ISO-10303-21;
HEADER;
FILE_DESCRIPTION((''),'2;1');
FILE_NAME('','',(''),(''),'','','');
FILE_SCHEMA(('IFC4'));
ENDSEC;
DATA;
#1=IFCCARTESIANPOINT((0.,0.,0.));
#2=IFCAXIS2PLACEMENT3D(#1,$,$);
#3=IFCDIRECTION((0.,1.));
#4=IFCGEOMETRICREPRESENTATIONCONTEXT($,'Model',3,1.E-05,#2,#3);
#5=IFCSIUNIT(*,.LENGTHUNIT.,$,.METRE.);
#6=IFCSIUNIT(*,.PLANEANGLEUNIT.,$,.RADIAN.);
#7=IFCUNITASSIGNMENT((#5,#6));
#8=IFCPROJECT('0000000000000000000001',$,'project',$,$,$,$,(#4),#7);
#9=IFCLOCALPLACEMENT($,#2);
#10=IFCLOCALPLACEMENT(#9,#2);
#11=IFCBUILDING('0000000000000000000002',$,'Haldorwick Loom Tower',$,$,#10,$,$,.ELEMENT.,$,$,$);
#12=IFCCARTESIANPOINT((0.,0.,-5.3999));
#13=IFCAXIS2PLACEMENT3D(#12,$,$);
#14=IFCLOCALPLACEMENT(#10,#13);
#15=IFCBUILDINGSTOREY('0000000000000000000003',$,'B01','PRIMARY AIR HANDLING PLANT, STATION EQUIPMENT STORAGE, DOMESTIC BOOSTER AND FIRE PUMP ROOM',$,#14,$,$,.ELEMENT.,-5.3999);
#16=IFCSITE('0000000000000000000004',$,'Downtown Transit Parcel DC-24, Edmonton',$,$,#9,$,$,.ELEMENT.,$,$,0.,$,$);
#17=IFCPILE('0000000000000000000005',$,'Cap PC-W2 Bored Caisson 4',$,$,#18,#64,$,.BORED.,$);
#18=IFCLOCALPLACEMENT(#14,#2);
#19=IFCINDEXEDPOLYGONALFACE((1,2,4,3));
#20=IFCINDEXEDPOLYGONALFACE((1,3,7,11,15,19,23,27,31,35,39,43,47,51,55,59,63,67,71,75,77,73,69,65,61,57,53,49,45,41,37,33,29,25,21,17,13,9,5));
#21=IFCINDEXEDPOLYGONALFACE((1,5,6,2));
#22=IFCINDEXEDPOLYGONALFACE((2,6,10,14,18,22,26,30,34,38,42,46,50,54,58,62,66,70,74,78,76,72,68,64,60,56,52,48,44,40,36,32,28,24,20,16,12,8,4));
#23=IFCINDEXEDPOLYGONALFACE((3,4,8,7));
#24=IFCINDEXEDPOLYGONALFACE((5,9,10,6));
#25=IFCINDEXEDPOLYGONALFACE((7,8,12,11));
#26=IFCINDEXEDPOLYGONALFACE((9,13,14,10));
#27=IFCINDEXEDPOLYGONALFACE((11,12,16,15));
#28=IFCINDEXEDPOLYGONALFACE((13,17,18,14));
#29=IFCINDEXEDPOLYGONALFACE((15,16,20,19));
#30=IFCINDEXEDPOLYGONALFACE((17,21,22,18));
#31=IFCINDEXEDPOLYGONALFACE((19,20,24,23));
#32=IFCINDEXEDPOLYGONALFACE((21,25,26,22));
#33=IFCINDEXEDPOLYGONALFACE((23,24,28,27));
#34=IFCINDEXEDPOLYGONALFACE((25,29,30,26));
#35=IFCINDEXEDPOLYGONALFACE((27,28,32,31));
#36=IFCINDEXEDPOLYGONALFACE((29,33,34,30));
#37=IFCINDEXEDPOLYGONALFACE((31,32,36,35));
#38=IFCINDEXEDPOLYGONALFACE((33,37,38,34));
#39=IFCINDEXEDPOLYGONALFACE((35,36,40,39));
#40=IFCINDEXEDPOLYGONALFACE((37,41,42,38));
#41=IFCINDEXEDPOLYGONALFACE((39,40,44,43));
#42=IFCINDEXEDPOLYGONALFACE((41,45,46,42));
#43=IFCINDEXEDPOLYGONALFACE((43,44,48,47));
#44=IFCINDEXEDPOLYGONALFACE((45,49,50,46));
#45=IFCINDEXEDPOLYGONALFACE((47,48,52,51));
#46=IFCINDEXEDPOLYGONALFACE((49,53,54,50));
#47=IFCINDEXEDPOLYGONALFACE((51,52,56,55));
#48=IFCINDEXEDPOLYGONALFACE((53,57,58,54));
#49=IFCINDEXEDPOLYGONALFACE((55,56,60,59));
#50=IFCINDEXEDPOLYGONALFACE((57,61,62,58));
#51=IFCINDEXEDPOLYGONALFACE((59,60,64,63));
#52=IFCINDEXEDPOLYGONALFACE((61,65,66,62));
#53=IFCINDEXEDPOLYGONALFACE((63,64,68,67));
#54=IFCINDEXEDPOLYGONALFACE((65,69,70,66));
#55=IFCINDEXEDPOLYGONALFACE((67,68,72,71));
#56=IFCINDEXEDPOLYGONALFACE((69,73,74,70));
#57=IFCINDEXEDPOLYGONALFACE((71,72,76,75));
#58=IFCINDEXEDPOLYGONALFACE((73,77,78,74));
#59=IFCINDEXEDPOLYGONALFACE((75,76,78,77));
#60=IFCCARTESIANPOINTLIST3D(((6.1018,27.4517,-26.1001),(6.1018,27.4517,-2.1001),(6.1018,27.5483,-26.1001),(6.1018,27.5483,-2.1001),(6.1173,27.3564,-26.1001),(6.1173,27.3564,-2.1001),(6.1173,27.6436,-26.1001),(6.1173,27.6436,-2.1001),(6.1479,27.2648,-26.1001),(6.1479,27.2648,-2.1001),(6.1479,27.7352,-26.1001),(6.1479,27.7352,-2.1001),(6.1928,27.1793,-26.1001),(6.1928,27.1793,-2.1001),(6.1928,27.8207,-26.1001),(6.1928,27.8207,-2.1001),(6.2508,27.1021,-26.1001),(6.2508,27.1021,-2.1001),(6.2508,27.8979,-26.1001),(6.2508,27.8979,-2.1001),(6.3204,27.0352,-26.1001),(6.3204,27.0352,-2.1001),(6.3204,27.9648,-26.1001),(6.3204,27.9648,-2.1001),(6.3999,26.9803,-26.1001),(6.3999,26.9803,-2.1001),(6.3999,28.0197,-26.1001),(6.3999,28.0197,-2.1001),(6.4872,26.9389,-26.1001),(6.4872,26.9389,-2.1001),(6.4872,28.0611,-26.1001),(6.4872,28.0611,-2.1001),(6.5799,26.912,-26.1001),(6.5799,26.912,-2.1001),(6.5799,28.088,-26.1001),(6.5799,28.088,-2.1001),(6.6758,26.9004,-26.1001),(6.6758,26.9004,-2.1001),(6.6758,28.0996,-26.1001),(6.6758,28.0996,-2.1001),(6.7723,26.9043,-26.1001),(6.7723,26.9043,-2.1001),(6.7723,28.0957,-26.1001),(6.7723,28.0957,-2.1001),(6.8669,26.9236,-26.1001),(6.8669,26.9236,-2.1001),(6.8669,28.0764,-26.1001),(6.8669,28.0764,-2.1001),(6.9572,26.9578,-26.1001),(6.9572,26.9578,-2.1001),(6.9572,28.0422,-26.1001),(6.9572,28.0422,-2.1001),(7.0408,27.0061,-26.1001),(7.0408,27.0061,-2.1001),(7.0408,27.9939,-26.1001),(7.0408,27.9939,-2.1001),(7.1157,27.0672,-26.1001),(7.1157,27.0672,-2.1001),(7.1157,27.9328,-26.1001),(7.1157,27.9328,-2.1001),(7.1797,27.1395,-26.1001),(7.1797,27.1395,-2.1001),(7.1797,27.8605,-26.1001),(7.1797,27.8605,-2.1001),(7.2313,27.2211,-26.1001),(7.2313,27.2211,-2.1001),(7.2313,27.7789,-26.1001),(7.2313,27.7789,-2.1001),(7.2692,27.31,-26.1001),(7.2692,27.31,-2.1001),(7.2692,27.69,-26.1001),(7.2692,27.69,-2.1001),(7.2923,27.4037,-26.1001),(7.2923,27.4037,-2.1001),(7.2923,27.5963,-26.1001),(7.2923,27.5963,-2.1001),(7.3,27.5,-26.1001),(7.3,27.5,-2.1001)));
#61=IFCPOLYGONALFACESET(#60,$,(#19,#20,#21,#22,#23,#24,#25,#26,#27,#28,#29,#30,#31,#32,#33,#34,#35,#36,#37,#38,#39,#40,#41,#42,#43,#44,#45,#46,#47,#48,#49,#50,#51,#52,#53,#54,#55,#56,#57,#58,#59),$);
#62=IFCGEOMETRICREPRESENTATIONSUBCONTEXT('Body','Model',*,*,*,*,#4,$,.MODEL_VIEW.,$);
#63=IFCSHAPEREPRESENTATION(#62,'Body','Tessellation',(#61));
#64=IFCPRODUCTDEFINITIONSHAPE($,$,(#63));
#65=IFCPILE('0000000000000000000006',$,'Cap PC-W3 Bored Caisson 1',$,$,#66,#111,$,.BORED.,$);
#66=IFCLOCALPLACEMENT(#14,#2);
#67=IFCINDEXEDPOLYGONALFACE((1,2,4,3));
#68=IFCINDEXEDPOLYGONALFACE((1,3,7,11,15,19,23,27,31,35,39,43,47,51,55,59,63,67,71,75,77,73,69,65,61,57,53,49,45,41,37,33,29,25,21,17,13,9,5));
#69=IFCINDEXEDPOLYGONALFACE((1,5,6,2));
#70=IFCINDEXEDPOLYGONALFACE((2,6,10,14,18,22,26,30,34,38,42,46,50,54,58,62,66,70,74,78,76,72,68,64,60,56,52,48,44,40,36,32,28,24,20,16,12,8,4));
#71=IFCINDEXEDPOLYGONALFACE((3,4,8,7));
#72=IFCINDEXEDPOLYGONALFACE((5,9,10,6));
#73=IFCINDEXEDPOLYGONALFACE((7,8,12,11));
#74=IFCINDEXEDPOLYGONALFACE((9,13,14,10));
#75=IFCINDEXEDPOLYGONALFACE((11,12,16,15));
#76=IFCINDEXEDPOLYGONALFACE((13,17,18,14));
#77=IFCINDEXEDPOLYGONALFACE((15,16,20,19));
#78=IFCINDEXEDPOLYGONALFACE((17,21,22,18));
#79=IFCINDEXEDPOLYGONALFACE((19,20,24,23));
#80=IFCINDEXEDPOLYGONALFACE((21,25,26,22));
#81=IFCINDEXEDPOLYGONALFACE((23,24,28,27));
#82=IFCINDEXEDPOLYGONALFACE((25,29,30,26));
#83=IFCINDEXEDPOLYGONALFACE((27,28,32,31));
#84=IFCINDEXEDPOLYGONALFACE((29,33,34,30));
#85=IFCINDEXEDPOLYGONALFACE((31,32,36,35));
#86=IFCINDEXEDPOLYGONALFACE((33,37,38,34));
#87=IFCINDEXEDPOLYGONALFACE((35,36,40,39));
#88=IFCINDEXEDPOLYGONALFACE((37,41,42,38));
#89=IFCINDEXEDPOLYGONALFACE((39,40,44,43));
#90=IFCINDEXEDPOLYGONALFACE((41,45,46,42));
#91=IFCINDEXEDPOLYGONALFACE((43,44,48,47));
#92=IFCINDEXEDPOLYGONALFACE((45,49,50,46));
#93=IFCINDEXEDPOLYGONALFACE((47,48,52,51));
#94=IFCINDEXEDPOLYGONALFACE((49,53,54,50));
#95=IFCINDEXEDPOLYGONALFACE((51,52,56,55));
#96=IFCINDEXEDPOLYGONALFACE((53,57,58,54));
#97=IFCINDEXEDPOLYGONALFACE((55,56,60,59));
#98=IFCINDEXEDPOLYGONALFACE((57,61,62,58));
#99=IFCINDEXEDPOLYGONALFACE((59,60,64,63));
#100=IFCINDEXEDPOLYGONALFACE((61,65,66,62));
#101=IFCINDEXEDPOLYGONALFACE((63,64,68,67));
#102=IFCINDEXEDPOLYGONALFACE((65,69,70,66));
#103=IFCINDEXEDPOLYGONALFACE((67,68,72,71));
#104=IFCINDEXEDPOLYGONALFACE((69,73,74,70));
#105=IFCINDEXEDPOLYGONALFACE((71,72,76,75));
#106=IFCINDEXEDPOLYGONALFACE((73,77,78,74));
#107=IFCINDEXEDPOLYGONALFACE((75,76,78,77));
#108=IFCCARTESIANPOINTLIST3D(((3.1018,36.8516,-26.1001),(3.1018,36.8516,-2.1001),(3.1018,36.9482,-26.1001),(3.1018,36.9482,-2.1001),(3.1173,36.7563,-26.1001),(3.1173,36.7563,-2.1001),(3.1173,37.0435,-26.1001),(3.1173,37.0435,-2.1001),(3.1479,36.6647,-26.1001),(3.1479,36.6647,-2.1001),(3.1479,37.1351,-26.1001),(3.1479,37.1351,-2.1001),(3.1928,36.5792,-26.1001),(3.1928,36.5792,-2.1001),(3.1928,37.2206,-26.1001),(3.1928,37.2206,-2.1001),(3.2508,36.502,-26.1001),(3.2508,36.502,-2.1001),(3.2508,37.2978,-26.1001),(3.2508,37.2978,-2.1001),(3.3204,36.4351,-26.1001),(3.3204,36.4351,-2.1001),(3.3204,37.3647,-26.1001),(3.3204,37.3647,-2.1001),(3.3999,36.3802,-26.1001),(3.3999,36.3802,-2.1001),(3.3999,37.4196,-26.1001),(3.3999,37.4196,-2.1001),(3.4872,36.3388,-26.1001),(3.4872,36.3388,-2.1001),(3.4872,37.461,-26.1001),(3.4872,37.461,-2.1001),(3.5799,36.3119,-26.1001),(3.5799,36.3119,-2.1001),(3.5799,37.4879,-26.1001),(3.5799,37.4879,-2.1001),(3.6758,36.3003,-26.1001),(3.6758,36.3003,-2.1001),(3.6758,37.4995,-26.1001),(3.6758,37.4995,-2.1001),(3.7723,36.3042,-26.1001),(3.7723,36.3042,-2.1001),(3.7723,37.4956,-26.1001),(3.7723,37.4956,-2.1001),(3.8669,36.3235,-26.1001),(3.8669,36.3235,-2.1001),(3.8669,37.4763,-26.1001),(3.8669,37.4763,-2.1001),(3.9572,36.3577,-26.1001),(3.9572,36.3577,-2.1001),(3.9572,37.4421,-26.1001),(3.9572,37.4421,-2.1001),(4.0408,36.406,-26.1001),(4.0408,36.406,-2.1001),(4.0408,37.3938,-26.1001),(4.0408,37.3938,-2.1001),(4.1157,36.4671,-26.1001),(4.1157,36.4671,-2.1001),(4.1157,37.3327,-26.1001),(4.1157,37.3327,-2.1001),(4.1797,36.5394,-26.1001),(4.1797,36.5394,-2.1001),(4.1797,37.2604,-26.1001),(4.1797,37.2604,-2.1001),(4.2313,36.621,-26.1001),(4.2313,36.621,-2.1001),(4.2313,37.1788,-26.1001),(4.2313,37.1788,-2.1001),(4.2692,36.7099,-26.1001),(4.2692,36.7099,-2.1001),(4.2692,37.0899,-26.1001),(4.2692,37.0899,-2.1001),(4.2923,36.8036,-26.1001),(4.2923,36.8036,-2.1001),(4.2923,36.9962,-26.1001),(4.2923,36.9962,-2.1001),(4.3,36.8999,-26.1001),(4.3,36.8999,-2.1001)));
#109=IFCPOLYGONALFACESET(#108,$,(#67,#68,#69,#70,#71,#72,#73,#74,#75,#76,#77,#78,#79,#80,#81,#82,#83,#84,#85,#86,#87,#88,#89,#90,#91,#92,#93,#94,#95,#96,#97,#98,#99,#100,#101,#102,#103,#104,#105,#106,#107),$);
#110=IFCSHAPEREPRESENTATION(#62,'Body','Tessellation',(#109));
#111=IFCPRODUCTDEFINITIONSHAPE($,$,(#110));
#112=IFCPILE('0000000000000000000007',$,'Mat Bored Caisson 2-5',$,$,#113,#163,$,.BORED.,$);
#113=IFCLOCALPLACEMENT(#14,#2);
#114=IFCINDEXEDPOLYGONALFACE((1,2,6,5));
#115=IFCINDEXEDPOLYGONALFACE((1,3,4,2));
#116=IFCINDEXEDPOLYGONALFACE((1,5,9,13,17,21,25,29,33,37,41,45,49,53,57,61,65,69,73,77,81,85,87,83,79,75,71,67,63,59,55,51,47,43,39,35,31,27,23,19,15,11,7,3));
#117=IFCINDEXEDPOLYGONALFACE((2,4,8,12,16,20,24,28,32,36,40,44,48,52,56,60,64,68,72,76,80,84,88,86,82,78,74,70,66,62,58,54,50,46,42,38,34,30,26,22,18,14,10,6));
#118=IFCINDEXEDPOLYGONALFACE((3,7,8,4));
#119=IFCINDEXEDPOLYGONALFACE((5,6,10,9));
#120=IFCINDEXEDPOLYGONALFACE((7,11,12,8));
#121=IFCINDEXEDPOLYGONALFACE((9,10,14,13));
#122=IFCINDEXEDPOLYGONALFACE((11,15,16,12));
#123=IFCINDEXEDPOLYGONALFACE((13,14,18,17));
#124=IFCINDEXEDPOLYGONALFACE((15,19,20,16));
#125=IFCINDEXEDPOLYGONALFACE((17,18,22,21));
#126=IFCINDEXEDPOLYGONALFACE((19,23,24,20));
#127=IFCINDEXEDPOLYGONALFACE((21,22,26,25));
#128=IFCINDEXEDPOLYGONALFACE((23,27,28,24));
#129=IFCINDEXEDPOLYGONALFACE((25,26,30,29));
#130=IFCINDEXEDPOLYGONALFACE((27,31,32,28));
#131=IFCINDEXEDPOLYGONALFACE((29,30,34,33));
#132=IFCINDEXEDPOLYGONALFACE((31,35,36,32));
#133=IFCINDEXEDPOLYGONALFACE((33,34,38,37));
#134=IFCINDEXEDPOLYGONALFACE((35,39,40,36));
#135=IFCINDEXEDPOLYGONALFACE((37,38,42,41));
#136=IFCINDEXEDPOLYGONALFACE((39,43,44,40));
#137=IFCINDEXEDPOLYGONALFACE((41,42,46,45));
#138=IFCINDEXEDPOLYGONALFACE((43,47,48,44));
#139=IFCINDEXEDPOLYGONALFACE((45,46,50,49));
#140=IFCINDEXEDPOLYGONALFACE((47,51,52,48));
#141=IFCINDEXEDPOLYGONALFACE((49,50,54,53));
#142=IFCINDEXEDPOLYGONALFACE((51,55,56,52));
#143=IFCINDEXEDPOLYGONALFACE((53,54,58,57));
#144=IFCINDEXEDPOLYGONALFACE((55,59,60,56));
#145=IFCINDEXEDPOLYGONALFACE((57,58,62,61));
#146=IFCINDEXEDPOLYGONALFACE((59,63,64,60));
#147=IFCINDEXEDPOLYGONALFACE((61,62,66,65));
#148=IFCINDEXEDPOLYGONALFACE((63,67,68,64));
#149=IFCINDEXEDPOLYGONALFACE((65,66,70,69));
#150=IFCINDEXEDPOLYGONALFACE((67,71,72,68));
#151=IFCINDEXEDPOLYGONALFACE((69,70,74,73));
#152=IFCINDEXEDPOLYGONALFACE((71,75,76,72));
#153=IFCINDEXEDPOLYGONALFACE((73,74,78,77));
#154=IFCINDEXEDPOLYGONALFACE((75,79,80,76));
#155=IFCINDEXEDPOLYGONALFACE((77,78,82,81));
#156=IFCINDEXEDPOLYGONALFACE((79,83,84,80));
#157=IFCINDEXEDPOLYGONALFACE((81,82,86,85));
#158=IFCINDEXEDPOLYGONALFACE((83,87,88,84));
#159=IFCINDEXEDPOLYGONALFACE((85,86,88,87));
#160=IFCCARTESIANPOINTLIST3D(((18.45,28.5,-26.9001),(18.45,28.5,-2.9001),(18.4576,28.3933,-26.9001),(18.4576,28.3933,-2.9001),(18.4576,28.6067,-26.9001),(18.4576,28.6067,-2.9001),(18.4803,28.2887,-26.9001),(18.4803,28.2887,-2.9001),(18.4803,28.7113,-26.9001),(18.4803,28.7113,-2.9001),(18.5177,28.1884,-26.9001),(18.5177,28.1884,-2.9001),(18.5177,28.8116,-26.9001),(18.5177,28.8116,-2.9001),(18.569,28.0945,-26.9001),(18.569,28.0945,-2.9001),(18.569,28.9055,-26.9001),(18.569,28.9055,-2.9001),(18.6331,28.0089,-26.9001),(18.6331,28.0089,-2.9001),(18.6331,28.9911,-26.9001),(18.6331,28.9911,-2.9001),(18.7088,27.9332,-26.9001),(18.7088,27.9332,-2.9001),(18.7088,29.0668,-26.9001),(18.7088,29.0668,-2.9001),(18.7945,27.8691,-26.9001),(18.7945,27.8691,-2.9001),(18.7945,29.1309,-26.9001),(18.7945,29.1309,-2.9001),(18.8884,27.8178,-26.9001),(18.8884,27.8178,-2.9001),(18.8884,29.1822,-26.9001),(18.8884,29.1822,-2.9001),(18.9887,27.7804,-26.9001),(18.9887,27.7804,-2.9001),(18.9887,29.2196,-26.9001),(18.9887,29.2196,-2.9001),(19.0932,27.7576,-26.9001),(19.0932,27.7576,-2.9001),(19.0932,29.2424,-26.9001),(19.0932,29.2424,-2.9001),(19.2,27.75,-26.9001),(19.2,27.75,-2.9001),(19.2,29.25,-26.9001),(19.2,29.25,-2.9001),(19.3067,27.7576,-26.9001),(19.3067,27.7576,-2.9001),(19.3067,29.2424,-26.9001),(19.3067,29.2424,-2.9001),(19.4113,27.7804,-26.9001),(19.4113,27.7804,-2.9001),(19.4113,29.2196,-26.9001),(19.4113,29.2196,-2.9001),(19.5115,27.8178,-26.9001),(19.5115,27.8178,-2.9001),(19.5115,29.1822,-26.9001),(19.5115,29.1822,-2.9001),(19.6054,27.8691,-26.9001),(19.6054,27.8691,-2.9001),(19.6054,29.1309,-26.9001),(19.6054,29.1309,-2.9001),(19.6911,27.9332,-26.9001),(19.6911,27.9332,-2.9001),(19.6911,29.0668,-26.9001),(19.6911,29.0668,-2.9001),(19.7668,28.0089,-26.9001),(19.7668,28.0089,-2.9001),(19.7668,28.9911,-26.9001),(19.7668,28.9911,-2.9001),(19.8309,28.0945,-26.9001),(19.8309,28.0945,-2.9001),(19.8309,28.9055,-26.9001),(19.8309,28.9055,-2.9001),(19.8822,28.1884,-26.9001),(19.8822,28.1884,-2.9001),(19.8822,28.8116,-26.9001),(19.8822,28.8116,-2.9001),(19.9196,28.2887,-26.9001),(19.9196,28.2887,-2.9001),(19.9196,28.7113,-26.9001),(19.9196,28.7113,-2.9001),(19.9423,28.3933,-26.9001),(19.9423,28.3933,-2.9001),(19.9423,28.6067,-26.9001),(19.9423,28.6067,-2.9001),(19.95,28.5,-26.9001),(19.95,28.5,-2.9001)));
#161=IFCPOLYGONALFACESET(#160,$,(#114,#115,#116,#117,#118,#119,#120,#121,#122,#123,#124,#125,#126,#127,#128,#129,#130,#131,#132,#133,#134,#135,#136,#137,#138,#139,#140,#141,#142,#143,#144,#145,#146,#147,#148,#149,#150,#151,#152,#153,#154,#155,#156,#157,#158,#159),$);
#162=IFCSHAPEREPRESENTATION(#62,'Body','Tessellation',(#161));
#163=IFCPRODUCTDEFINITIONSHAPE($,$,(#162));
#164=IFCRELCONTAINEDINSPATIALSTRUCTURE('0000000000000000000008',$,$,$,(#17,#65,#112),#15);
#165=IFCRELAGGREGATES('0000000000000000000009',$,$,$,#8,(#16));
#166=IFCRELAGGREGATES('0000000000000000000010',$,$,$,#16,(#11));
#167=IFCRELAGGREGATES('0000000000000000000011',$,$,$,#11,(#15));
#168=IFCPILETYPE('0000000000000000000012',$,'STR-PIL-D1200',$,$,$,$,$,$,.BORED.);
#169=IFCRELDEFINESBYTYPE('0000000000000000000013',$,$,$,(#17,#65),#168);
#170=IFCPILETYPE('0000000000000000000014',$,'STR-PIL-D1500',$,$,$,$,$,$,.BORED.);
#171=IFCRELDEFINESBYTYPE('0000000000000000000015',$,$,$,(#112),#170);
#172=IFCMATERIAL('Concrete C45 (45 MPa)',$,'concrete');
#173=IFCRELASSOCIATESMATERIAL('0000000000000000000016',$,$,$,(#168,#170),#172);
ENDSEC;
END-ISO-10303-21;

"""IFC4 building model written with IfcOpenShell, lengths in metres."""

from ifc_helpers import new_model, si_unit, direction, frame, origin, origin_2d, place, context, subcontext, project, spatial, circle, extrude, material, material_profile, profile_set, type_object, element, save


model = new_model("IFC4")

# Units and contexts
model_context = context("Model", 3, precision=1e-05, world=origin(), true_north=direction((0.0, 1.0)))
body_context = subcontext(model_context, "Body", "Model", "MODEL_VIEW")
ifc_project = project(units=[si_unit("LENGTHUNIT", "METRE"), si_unit("PLANEANGLEUNIT", "RADIAN")], contexts=[model_context])

# Site, building, storey
site_placement = place(None, origin())
site = spatial("IfcSite", under=ifc_project, at=site_placement, Name="Downtown Transit Parcel DC-24, Edmonton", CompositionType="ELEMENT", RefElevation=0.0)
building_placement = place(site_placement, origin())
building = spatial("IfcBuilding", under=site, at=building_placement, Name="Haldorwick Loom Tower", CompositionType="ELEMENT")
storey_placement = place(building_placement, frame((0.0, 0.0, -5.3999)))
storey = spatial("IfcBuildingStorey", under=building, at=storey_placement, Name="B01", Description="PRIMARY AIR HANDLING PLANT, STATION EQUIPMENT STORAGE, DOMESTIC BOOSTER AND FIRE PUMP ROOM", CompositionType="ELEMENT", Elevation=-5.3999)

# Shared definitions
ifc_material_1 = material(Name="Concrete C45 (45 MPa)", Category="concrete")

# Piles
ifc_material_profile_1 = material_profile(ifc_material_1, circle(Radius=0.6001, at=origin_2d()), Name="CAISSON_D1200", Category="concrete")
ifc_profile_set_1 = profile_set([ifc_material_profile_1], Name="Concrete C45 (45 MPa)")
pile_type_1 = type_object("IfcPileType", Name="STR-PIL-D1200", PredefinedType="BORED", material=ifc_profile_set_1)
for number, where, z_axis, x_axis, name in (
    (1, (6.7, 27.5, -2.1001), (0.0, 0.0, -1.0), (1.0, 0.0, 0.0), "Cap PC-W2 Bored Caisson 4"),
    (2, (3.7, 36.8999, -2.1001), (0.0, 0.0, -1.0), (1.0, 0.0, 0.0), "Cap PC-W3 Bored Caisson 1"),
):
    element("IfcPile", number, at=place(storey_placement, frame(where, z_axis=z_axis, x_axis=x_axis)), inside=storey, type_object=pile_type_1, Name=name, PredefinedType="BORED", context=body_context, shape_type="SweptSolid", body=[
        extrude(circle(Radius=0.6001, at=origin_2d()), origin(), (0.0, 0.0, 1.0), 24.0),
    ])
ifc_material_profile_2 = material_profile(ifc_material_1, circle(Radius=0.75, at=origin_2d()), Name="CAISSON_D1500", Category="concrete")
ifc_profile_set_2 = profile_set([ifc_material_profile_2], Name="Concrete C45 (45 MPa)")
pile_type_2 = type_object("IfcPileType", Name="STR-PIL-D1500", PredefinedType="BORED", material=ifc_profile_set_2)
for number, where, z_axis, x_axis, name in (
    (3, (19.2, 28.5, -2.9001), (0.0, 0.0, -1.0), (1.0, 0.0, 0.0), "Mat Bored Caisson 2-5"),
):
    element("IfcPile", number, at=place(storey_placement, frame(where, z_axis=z_axis, x_axis=x_axis)), inside=storey, type_object=pile_type_2, Name=name, PredefinedType="BORED", context=body_context, shape_type="SweptSolid", body=[
        extrude(circle(Radius=0.75, at=origin_2d()), origin(), (0.0, 0.0, 1.0), 24.0),
    ])

save(model, "model.ifc")
